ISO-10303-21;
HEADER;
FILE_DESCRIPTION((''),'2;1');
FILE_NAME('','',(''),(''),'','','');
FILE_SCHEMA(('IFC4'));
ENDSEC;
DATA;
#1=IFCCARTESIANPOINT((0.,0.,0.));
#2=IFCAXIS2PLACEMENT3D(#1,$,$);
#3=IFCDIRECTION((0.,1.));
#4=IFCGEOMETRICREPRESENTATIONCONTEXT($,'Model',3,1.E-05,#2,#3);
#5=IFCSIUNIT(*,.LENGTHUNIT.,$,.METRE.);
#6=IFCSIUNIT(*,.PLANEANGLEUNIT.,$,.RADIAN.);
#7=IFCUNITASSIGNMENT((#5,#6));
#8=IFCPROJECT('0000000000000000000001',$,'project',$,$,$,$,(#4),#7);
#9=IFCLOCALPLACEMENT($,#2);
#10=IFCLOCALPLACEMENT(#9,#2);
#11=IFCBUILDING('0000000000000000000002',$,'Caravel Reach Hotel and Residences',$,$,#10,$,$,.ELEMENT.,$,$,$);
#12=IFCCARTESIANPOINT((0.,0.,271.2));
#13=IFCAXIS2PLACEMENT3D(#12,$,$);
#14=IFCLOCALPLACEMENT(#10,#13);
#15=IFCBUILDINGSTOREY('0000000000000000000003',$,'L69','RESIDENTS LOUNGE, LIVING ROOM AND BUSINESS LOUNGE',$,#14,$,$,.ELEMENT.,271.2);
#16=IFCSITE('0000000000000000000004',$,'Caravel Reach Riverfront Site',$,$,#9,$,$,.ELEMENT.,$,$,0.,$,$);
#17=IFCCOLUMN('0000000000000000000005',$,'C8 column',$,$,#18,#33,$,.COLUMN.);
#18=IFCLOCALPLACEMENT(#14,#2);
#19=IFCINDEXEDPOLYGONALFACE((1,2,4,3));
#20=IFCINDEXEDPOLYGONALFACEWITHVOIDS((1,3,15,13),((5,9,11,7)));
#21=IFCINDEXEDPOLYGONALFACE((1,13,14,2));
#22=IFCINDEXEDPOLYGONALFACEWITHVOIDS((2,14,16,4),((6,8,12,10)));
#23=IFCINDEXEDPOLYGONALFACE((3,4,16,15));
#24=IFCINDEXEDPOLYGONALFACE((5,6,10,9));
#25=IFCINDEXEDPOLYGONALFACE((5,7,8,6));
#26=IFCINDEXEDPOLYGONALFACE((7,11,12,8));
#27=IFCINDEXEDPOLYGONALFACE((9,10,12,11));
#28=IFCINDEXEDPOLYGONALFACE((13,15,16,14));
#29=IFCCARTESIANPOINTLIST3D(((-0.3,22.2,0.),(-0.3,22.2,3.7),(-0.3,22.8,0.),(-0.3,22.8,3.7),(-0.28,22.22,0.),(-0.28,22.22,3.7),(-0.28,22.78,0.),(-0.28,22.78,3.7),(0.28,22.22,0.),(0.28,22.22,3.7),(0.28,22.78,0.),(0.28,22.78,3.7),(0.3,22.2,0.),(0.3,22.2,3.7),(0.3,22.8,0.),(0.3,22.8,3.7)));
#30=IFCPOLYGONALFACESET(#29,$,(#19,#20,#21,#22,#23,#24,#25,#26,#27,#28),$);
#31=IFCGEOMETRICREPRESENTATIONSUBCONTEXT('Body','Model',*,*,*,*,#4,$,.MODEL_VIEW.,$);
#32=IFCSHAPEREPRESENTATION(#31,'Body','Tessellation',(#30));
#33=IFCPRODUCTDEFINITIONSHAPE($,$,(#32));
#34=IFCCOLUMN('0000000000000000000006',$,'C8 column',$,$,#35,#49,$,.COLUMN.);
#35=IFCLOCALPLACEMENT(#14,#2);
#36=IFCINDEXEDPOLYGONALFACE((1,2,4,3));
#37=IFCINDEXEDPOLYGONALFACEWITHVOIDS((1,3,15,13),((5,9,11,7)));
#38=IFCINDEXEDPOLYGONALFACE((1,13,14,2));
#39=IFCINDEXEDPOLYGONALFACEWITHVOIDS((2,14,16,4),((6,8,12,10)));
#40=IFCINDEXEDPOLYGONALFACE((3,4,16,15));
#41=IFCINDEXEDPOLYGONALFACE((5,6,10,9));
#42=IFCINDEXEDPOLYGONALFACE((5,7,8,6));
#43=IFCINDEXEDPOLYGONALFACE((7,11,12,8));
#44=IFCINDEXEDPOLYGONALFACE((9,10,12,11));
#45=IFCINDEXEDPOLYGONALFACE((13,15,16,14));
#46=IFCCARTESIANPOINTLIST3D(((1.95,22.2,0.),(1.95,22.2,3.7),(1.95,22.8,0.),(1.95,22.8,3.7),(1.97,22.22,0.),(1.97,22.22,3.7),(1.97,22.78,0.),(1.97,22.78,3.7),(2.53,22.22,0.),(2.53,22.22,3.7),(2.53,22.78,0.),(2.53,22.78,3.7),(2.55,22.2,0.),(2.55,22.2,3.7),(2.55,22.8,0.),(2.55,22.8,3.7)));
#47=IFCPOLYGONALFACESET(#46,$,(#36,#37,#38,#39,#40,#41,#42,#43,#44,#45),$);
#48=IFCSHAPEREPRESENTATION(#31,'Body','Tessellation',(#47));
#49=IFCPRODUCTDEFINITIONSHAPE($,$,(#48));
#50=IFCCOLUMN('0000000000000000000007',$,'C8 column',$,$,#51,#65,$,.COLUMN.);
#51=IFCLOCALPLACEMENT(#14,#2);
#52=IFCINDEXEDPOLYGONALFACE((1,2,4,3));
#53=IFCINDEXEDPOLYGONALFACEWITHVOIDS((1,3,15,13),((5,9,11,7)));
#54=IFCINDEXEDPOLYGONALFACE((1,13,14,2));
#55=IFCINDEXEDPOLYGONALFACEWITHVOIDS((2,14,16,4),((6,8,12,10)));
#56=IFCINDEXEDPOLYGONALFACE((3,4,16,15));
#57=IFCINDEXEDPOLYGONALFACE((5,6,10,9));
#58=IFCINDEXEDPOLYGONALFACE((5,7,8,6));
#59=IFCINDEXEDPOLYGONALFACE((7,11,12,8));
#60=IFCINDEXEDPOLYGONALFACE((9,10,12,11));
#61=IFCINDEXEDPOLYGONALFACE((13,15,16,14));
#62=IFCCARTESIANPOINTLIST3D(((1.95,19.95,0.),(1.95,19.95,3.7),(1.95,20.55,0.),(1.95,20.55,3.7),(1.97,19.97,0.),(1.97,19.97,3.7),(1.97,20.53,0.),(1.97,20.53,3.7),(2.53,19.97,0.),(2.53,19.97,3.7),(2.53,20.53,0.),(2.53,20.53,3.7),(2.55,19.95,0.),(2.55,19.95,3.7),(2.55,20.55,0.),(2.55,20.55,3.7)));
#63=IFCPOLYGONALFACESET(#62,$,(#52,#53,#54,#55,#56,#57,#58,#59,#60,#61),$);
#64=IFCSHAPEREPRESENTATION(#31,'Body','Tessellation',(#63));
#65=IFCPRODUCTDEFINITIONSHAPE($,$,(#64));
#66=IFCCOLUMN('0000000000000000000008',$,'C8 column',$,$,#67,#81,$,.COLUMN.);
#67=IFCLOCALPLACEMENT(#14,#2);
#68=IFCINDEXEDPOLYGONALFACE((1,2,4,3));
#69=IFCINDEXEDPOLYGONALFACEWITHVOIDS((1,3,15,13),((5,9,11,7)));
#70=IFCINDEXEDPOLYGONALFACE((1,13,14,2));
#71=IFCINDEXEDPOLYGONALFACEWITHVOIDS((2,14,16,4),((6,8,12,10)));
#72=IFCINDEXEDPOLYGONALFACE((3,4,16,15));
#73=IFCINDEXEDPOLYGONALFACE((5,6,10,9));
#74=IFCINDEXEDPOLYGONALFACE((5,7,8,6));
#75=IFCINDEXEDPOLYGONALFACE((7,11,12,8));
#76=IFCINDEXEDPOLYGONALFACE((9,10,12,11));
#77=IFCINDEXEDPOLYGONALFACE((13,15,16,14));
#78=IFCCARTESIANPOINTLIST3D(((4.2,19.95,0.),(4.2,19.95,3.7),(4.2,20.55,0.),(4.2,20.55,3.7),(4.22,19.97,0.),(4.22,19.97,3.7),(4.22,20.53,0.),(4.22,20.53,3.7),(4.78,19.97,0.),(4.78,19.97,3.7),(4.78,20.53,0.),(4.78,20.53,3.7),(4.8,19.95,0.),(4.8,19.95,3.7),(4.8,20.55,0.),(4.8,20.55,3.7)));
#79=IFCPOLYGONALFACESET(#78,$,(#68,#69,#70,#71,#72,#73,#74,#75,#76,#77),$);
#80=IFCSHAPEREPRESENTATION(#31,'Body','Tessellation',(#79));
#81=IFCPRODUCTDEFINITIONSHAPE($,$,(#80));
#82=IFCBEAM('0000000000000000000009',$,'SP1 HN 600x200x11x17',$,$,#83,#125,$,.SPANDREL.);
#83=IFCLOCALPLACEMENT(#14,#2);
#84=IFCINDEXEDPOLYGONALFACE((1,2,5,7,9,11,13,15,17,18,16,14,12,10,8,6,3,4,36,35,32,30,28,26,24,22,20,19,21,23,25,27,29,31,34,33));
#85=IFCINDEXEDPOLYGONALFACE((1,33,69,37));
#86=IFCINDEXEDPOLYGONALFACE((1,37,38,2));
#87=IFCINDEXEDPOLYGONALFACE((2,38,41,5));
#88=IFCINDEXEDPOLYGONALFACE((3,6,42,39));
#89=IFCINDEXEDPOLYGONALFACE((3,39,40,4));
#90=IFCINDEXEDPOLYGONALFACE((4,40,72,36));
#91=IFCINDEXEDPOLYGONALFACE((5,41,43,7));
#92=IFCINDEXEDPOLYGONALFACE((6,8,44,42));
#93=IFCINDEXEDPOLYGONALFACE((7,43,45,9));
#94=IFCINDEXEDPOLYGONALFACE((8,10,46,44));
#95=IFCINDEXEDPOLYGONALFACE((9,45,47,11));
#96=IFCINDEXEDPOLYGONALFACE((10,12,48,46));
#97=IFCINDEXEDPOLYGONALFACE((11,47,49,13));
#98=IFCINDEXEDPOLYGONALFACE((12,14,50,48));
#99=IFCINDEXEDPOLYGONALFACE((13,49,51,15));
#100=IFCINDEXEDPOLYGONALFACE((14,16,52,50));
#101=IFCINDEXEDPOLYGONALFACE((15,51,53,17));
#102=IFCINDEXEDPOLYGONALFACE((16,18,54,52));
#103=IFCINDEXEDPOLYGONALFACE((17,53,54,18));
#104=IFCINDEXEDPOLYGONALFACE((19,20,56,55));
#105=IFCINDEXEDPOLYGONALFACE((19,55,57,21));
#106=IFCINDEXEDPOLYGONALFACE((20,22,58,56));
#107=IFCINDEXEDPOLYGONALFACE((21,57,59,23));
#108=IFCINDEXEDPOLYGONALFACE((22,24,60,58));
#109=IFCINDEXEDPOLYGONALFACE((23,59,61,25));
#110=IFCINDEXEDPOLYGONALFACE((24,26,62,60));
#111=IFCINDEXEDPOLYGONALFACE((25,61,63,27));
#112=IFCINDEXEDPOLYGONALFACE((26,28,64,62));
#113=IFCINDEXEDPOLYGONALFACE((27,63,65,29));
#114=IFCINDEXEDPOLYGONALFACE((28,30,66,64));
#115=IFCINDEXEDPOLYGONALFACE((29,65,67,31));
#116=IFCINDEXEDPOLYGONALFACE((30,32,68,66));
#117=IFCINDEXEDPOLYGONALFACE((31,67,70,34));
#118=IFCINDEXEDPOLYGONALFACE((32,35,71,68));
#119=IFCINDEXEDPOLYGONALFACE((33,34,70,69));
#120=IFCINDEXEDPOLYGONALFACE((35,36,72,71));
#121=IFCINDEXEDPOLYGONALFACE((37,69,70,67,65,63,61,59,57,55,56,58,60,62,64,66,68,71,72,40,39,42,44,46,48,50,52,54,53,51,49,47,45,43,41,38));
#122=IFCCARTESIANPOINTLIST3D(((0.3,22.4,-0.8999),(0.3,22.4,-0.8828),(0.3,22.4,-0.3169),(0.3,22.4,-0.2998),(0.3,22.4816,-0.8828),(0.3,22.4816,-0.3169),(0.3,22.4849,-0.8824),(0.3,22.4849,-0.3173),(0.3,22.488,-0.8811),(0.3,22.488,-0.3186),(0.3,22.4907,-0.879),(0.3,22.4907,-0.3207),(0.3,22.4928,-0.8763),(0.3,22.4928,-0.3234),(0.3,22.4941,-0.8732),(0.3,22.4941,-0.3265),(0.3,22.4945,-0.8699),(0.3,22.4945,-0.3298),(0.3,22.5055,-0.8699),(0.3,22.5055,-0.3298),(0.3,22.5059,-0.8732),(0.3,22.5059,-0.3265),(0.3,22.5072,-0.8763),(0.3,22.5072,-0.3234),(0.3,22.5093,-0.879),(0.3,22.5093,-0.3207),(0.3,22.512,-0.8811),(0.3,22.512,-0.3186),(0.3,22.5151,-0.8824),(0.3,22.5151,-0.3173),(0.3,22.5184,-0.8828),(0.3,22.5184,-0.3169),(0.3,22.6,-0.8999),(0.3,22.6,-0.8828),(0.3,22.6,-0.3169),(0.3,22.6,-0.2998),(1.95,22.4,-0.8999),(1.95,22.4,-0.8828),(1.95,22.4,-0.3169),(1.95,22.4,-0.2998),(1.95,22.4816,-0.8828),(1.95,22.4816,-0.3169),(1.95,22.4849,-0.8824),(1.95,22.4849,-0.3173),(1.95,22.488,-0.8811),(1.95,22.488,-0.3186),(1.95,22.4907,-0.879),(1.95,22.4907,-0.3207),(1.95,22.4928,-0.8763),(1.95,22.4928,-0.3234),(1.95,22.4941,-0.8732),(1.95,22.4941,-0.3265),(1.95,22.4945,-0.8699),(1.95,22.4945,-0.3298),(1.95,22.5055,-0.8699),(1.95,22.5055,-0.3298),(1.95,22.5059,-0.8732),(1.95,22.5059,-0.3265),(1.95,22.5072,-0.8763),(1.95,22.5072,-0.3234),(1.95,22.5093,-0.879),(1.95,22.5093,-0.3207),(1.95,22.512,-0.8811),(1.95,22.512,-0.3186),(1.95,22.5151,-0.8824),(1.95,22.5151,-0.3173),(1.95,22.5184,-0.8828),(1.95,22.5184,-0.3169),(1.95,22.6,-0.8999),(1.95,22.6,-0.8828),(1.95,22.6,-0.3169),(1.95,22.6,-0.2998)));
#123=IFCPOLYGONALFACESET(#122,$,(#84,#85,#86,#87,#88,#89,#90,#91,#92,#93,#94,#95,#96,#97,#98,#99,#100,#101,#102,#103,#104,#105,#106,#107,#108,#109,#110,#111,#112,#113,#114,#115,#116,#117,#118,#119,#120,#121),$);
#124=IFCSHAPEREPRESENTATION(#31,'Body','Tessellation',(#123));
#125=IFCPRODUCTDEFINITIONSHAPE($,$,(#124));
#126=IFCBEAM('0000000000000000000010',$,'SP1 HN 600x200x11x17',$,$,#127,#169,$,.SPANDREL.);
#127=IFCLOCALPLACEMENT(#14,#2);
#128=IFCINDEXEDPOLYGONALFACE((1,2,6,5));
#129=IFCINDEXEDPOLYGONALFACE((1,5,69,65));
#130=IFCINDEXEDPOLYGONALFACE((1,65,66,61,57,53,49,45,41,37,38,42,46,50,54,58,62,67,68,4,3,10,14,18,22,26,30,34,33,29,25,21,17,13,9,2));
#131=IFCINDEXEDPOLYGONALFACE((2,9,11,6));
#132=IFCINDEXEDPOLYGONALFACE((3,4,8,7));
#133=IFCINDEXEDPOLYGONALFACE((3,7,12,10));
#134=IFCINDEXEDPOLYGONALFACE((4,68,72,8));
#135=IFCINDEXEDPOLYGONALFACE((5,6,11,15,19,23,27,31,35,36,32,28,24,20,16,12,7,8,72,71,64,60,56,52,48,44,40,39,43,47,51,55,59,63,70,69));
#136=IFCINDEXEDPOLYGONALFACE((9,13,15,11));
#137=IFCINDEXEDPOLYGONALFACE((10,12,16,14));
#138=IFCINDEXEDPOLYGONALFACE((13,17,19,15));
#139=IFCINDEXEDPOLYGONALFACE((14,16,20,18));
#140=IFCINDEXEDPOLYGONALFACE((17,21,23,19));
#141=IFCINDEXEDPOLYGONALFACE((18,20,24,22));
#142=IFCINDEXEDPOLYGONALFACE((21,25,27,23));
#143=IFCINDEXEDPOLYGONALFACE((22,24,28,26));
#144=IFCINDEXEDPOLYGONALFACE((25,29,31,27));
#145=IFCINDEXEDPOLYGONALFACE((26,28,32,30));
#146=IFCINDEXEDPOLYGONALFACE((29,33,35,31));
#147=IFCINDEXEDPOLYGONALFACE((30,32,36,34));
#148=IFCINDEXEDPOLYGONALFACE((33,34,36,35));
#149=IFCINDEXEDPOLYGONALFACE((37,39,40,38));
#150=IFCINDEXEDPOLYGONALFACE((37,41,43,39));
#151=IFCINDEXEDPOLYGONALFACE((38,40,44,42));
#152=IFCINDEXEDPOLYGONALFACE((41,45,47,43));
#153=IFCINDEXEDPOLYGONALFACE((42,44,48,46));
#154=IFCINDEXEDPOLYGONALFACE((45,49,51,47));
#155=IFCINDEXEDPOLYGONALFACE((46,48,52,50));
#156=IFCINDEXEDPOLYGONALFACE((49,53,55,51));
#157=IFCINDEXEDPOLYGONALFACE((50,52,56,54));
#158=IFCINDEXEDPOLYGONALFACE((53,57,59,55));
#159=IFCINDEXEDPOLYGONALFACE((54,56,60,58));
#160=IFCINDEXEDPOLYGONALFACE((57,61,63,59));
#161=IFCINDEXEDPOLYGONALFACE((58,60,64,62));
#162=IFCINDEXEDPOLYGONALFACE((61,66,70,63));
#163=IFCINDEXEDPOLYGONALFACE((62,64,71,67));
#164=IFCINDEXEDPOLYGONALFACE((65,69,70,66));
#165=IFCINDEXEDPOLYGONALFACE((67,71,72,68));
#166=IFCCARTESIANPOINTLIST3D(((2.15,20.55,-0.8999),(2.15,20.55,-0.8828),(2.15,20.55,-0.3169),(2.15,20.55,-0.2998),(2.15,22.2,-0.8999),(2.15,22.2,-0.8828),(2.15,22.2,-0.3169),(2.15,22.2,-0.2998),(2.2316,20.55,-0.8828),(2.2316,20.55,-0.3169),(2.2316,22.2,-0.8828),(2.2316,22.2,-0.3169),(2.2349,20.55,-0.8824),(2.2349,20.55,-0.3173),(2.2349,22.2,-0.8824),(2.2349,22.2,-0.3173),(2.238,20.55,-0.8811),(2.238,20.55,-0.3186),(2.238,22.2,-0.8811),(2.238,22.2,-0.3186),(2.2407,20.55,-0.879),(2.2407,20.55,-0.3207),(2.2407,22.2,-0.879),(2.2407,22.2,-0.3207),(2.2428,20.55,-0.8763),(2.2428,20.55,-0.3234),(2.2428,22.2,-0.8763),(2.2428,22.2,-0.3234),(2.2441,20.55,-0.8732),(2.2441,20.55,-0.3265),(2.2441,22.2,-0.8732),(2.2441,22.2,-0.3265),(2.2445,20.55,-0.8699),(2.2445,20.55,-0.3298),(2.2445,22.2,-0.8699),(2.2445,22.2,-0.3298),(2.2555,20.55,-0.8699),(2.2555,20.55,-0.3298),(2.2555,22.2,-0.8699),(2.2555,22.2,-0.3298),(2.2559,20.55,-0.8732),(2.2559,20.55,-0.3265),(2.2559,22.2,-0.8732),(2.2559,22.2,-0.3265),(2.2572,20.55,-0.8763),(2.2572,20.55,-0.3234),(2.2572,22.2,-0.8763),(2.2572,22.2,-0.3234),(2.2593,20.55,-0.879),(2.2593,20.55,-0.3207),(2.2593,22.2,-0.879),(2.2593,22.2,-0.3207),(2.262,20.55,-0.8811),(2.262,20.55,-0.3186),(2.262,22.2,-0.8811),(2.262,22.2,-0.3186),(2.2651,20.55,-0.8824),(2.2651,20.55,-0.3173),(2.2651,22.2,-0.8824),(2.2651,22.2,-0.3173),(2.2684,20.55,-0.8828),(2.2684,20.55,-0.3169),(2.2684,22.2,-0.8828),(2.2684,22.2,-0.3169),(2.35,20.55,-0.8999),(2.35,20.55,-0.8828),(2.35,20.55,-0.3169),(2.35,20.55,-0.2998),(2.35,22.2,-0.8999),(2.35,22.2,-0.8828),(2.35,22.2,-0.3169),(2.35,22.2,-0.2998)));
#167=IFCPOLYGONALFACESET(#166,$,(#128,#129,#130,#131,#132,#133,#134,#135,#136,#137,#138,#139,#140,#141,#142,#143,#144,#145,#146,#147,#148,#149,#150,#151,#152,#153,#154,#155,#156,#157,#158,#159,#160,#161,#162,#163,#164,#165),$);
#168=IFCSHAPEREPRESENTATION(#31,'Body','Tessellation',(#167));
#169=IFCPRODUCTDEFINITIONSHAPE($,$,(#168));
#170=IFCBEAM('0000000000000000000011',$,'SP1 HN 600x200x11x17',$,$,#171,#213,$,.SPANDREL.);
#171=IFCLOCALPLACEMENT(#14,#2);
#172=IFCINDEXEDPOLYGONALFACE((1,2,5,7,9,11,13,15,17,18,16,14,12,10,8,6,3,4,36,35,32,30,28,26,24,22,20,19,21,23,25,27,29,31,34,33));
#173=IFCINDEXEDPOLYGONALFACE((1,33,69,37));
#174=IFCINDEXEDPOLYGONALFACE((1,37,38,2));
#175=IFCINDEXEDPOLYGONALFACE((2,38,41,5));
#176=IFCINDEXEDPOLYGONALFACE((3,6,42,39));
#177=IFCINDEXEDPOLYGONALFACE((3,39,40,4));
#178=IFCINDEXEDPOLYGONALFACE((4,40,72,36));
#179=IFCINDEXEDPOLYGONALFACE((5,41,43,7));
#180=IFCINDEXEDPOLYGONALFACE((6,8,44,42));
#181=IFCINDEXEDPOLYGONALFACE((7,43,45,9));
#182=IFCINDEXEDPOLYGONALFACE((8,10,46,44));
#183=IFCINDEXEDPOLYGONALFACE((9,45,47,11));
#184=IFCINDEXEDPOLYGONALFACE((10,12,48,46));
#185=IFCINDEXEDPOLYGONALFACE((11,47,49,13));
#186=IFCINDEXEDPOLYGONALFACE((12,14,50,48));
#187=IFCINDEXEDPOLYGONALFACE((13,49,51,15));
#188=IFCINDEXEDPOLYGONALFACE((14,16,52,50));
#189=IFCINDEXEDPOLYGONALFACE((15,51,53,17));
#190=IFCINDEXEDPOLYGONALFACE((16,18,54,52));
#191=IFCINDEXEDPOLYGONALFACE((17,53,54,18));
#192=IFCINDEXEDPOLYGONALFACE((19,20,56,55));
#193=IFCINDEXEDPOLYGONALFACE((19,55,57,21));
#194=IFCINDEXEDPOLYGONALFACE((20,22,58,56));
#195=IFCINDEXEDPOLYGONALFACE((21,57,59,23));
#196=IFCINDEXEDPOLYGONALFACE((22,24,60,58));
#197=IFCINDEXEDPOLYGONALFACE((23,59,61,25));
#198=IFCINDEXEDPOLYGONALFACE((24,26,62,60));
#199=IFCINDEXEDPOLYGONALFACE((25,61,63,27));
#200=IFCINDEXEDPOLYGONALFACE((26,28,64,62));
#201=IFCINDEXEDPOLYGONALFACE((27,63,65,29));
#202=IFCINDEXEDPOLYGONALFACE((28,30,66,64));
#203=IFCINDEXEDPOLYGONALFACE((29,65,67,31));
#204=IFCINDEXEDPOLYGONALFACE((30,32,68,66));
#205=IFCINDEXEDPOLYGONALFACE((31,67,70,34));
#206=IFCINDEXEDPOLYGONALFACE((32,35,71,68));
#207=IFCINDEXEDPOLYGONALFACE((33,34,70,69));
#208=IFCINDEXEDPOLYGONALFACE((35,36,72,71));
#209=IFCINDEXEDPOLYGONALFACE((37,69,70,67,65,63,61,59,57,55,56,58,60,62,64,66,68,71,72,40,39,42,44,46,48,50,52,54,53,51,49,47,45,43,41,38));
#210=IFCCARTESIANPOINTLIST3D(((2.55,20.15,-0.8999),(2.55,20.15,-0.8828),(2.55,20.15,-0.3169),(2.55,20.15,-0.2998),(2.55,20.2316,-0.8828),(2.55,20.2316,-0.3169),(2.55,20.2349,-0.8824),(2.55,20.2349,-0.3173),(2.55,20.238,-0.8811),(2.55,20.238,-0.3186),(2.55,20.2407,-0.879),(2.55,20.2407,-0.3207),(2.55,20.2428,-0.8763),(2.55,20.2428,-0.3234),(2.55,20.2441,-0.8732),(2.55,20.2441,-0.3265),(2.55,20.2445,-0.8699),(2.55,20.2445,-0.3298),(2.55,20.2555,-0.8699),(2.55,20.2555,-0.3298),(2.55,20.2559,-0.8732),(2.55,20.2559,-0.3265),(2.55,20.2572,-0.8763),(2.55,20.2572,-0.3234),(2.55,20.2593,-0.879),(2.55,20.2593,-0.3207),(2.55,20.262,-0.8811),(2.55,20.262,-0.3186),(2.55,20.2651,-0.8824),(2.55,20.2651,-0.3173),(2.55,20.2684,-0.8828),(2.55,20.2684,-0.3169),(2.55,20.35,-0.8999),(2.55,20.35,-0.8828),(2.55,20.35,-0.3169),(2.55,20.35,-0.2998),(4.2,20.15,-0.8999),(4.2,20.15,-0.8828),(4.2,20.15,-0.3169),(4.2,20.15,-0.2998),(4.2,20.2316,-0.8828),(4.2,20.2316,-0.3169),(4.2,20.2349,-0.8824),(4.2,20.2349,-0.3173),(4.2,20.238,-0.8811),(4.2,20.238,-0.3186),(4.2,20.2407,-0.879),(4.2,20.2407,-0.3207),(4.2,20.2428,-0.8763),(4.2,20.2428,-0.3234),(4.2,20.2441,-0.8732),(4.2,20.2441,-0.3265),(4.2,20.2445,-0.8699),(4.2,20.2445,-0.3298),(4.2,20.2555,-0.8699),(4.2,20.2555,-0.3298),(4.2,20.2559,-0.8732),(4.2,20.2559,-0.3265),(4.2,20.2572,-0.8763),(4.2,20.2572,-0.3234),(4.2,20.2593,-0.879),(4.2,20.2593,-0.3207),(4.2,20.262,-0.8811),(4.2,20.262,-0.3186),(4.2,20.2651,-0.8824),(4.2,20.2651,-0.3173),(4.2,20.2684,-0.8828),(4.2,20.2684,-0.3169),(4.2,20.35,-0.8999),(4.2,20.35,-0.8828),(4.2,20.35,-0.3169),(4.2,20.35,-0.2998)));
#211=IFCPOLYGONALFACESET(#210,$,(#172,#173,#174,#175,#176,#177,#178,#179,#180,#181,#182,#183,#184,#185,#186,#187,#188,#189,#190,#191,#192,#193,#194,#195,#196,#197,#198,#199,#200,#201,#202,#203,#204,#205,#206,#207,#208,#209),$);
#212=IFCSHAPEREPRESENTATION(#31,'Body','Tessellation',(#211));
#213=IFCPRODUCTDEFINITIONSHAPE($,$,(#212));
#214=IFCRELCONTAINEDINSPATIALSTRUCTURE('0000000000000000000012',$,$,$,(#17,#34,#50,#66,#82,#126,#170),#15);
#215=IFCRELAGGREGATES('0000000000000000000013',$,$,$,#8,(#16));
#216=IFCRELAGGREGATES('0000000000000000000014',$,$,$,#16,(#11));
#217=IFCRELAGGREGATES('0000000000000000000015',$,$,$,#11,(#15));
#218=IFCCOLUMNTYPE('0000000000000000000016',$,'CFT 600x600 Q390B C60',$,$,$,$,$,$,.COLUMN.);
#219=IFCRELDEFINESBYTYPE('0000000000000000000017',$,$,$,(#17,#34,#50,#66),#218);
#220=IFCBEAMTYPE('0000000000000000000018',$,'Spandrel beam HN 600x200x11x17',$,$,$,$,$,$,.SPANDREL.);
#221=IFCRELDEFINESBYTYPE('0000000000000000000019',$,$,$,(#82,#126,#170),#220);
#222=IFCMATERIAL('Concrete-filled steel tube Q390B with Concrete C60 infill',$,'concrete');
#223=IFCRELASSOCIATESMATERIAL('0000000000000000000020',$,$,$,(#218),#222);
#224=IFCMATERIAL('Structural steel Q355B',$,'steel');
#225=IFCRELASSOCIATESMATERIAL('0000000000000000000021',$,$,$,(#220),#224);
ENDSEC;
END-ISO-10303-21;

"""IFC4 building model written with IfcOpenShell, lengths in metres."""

from ifc_helpers import new_model, si_unit, direction, frame, origin, origin_2d, place, context, subcontext, project, spatial, hollow_rectangle, i_section, extrude, material, material_profile, profile_set, type_object, element, save


model = new_model("IFC4")

# Units and contexts
model_context = context("Model", 3, precision=1e-05, world=origin(), true_north=direction((0.0, 1.0)))
body_context = subcontext(model_context, "Body", "Model", "MODEL_VIEW")
ifc_project = project(units=[si_unit("LENGTHUNIT", "METRE"), si_unit("PLANEANGLEUNIT", "RADIAN")], contexts=[model_context])

# Site, building, storey
site_placement = place(None, origin())
site = spatial("IfcSite", under=ifc_project, at=site_placement, Name="Caravel Reach Riverfront Site", CompositionType="ELEMENT", RefElevation=0.0)
building_placement = place(site_placement, origin())
building = spatial("IfcBuilding", under=site, at=building_placement, Name="Caravel Reach Hotel and Residences", CompositionType="ELEMENT")
storey_placement = place(building_placement, frame((0.0, 0.0, 271.2)))
storey = spatial("IfcBuildingStorey", under=building, at=storey_placement, Name="L69", Description="RESIDENTS LOUNGE, LIVING ROOM AND BUSINESS LOUNGE", CompositionType="ELEMENT", Elevation=271.2)

# Columns
ifc_material_1 = material(Name="Concrete-filled steel tube Q390B with Concrete C60 infill", Category="concrete")
ifc_material_profile_1 = material_profile(ifc_material_1, hollow_rectangle(XDim=0.6001, YDim=0.6001, WallThickness=0.02, at=origin_2d()), Name="RHS 600x600x20")
ifc_profile_set_1 = profile_set([ifc_material_profile_1], Name="Concrete-filled steel tube Q390B with Concrete C60 infill")
column_type = type_object("IfcColumnType", Name="CFT 600x600 Q390B C60", PredefinedType="COLUMN", material=ifc_profile_set_1)
for number, where, z_axis, x_axis, name in (
    (1, (0.0, 22.5, 0.0), (0.0, 0.0, 1.0), (1.0, 0.0, 0.0), "C8 column"),
    (2, (2.25, 22.5, 0.0), (0.0, 0.0, 1.0), (1.0, 0.0, 0.0), "C8 column"),
    (3, (2.25, 20.25, 0.0), (0.0, 0.0, 1.0), (1.0, 0.0, 0.0), "C8 column"),
    (4, (4.5, 20.25, 0.0), (0.0, 0.0, 1.0), (1.0, 0.0, 0.0), "C8 column"),
):
    element("IfcColumn", number, at=place(storey_placement, frame(where, z_axis=z_axis, x_axis=x_axis)), inside=storey, type_object=column_type, Name=name, PredefinedType="COLUMN", context=body_context, shape_type="SweptSolid", body=[
        extrude(hollow_rectangle(XDim=0.6001, YDim=0.6001, WallThickness=0.02, at=origin_2d()), origin(), (0.0, 0.0, 1.0), 3.7),
    ])

# Beams
ifc_material_2 = material(Name="Structural steel Q355B", Category="steel")
ifc_material_profile_2 = material_profile(ifc_material_2, i_section(OverallWidth=0.2, OverallDepth=0.6001, WebThickness=0.011, FlangeThickness=0.0171, FilletRadius=0.0129, at=origin_2d()), Name="HN 600x200x11x17")
ifc_profile_set_2 = profile_set([ifc_material_profile_2], Name="Structural steel Q355B")
beam_type = type_object("IfcBeamType", Name="Spandrel beam HN 600x200x11x17", PredefinedType="SPANDREL", material=ifc_profile_set_2)
for number, where, z_axis, x_axis, name in (
    (5, (0.3, 22.5, -0.5999), (1.0, 0.0, 0.0), (0.0, 1.0, 0.0), "SP1 HN 600x200x11x17"),
    (6, (2.25, 22.2, -0.5999), (0.0, -1.0, 0.0), (1.0, 0.0, 0.0), "SP1 HN 600x200x11x17"),
    (7, (2.55, 20.25, -0.5999), (1.0, 0.0, 0.0), (0.0, 1.0, 0.0), "SP1 HN 600x200x11x17"),
):
    element("IfcBeam", number, at=place(storey_placement, frame(where, z_axis=z_axis, x_axis=x_axis)), inside=storey, type_object=beam_type, Name=name, PredefinedType="SPANDREL", context=body_context, shape_type="SweptSolid", body=[
        extrude(i_section(OverallWidth=0.2, OverallDepth=0.6001, WebThickness=0.011, FlangeThickness=0.0171, FilletRadius=0.0129, at=origin_2d()), origin(), (0.0, 0.0, 1.0), 1.6499),
    ])

save(model, "model.ifc")
